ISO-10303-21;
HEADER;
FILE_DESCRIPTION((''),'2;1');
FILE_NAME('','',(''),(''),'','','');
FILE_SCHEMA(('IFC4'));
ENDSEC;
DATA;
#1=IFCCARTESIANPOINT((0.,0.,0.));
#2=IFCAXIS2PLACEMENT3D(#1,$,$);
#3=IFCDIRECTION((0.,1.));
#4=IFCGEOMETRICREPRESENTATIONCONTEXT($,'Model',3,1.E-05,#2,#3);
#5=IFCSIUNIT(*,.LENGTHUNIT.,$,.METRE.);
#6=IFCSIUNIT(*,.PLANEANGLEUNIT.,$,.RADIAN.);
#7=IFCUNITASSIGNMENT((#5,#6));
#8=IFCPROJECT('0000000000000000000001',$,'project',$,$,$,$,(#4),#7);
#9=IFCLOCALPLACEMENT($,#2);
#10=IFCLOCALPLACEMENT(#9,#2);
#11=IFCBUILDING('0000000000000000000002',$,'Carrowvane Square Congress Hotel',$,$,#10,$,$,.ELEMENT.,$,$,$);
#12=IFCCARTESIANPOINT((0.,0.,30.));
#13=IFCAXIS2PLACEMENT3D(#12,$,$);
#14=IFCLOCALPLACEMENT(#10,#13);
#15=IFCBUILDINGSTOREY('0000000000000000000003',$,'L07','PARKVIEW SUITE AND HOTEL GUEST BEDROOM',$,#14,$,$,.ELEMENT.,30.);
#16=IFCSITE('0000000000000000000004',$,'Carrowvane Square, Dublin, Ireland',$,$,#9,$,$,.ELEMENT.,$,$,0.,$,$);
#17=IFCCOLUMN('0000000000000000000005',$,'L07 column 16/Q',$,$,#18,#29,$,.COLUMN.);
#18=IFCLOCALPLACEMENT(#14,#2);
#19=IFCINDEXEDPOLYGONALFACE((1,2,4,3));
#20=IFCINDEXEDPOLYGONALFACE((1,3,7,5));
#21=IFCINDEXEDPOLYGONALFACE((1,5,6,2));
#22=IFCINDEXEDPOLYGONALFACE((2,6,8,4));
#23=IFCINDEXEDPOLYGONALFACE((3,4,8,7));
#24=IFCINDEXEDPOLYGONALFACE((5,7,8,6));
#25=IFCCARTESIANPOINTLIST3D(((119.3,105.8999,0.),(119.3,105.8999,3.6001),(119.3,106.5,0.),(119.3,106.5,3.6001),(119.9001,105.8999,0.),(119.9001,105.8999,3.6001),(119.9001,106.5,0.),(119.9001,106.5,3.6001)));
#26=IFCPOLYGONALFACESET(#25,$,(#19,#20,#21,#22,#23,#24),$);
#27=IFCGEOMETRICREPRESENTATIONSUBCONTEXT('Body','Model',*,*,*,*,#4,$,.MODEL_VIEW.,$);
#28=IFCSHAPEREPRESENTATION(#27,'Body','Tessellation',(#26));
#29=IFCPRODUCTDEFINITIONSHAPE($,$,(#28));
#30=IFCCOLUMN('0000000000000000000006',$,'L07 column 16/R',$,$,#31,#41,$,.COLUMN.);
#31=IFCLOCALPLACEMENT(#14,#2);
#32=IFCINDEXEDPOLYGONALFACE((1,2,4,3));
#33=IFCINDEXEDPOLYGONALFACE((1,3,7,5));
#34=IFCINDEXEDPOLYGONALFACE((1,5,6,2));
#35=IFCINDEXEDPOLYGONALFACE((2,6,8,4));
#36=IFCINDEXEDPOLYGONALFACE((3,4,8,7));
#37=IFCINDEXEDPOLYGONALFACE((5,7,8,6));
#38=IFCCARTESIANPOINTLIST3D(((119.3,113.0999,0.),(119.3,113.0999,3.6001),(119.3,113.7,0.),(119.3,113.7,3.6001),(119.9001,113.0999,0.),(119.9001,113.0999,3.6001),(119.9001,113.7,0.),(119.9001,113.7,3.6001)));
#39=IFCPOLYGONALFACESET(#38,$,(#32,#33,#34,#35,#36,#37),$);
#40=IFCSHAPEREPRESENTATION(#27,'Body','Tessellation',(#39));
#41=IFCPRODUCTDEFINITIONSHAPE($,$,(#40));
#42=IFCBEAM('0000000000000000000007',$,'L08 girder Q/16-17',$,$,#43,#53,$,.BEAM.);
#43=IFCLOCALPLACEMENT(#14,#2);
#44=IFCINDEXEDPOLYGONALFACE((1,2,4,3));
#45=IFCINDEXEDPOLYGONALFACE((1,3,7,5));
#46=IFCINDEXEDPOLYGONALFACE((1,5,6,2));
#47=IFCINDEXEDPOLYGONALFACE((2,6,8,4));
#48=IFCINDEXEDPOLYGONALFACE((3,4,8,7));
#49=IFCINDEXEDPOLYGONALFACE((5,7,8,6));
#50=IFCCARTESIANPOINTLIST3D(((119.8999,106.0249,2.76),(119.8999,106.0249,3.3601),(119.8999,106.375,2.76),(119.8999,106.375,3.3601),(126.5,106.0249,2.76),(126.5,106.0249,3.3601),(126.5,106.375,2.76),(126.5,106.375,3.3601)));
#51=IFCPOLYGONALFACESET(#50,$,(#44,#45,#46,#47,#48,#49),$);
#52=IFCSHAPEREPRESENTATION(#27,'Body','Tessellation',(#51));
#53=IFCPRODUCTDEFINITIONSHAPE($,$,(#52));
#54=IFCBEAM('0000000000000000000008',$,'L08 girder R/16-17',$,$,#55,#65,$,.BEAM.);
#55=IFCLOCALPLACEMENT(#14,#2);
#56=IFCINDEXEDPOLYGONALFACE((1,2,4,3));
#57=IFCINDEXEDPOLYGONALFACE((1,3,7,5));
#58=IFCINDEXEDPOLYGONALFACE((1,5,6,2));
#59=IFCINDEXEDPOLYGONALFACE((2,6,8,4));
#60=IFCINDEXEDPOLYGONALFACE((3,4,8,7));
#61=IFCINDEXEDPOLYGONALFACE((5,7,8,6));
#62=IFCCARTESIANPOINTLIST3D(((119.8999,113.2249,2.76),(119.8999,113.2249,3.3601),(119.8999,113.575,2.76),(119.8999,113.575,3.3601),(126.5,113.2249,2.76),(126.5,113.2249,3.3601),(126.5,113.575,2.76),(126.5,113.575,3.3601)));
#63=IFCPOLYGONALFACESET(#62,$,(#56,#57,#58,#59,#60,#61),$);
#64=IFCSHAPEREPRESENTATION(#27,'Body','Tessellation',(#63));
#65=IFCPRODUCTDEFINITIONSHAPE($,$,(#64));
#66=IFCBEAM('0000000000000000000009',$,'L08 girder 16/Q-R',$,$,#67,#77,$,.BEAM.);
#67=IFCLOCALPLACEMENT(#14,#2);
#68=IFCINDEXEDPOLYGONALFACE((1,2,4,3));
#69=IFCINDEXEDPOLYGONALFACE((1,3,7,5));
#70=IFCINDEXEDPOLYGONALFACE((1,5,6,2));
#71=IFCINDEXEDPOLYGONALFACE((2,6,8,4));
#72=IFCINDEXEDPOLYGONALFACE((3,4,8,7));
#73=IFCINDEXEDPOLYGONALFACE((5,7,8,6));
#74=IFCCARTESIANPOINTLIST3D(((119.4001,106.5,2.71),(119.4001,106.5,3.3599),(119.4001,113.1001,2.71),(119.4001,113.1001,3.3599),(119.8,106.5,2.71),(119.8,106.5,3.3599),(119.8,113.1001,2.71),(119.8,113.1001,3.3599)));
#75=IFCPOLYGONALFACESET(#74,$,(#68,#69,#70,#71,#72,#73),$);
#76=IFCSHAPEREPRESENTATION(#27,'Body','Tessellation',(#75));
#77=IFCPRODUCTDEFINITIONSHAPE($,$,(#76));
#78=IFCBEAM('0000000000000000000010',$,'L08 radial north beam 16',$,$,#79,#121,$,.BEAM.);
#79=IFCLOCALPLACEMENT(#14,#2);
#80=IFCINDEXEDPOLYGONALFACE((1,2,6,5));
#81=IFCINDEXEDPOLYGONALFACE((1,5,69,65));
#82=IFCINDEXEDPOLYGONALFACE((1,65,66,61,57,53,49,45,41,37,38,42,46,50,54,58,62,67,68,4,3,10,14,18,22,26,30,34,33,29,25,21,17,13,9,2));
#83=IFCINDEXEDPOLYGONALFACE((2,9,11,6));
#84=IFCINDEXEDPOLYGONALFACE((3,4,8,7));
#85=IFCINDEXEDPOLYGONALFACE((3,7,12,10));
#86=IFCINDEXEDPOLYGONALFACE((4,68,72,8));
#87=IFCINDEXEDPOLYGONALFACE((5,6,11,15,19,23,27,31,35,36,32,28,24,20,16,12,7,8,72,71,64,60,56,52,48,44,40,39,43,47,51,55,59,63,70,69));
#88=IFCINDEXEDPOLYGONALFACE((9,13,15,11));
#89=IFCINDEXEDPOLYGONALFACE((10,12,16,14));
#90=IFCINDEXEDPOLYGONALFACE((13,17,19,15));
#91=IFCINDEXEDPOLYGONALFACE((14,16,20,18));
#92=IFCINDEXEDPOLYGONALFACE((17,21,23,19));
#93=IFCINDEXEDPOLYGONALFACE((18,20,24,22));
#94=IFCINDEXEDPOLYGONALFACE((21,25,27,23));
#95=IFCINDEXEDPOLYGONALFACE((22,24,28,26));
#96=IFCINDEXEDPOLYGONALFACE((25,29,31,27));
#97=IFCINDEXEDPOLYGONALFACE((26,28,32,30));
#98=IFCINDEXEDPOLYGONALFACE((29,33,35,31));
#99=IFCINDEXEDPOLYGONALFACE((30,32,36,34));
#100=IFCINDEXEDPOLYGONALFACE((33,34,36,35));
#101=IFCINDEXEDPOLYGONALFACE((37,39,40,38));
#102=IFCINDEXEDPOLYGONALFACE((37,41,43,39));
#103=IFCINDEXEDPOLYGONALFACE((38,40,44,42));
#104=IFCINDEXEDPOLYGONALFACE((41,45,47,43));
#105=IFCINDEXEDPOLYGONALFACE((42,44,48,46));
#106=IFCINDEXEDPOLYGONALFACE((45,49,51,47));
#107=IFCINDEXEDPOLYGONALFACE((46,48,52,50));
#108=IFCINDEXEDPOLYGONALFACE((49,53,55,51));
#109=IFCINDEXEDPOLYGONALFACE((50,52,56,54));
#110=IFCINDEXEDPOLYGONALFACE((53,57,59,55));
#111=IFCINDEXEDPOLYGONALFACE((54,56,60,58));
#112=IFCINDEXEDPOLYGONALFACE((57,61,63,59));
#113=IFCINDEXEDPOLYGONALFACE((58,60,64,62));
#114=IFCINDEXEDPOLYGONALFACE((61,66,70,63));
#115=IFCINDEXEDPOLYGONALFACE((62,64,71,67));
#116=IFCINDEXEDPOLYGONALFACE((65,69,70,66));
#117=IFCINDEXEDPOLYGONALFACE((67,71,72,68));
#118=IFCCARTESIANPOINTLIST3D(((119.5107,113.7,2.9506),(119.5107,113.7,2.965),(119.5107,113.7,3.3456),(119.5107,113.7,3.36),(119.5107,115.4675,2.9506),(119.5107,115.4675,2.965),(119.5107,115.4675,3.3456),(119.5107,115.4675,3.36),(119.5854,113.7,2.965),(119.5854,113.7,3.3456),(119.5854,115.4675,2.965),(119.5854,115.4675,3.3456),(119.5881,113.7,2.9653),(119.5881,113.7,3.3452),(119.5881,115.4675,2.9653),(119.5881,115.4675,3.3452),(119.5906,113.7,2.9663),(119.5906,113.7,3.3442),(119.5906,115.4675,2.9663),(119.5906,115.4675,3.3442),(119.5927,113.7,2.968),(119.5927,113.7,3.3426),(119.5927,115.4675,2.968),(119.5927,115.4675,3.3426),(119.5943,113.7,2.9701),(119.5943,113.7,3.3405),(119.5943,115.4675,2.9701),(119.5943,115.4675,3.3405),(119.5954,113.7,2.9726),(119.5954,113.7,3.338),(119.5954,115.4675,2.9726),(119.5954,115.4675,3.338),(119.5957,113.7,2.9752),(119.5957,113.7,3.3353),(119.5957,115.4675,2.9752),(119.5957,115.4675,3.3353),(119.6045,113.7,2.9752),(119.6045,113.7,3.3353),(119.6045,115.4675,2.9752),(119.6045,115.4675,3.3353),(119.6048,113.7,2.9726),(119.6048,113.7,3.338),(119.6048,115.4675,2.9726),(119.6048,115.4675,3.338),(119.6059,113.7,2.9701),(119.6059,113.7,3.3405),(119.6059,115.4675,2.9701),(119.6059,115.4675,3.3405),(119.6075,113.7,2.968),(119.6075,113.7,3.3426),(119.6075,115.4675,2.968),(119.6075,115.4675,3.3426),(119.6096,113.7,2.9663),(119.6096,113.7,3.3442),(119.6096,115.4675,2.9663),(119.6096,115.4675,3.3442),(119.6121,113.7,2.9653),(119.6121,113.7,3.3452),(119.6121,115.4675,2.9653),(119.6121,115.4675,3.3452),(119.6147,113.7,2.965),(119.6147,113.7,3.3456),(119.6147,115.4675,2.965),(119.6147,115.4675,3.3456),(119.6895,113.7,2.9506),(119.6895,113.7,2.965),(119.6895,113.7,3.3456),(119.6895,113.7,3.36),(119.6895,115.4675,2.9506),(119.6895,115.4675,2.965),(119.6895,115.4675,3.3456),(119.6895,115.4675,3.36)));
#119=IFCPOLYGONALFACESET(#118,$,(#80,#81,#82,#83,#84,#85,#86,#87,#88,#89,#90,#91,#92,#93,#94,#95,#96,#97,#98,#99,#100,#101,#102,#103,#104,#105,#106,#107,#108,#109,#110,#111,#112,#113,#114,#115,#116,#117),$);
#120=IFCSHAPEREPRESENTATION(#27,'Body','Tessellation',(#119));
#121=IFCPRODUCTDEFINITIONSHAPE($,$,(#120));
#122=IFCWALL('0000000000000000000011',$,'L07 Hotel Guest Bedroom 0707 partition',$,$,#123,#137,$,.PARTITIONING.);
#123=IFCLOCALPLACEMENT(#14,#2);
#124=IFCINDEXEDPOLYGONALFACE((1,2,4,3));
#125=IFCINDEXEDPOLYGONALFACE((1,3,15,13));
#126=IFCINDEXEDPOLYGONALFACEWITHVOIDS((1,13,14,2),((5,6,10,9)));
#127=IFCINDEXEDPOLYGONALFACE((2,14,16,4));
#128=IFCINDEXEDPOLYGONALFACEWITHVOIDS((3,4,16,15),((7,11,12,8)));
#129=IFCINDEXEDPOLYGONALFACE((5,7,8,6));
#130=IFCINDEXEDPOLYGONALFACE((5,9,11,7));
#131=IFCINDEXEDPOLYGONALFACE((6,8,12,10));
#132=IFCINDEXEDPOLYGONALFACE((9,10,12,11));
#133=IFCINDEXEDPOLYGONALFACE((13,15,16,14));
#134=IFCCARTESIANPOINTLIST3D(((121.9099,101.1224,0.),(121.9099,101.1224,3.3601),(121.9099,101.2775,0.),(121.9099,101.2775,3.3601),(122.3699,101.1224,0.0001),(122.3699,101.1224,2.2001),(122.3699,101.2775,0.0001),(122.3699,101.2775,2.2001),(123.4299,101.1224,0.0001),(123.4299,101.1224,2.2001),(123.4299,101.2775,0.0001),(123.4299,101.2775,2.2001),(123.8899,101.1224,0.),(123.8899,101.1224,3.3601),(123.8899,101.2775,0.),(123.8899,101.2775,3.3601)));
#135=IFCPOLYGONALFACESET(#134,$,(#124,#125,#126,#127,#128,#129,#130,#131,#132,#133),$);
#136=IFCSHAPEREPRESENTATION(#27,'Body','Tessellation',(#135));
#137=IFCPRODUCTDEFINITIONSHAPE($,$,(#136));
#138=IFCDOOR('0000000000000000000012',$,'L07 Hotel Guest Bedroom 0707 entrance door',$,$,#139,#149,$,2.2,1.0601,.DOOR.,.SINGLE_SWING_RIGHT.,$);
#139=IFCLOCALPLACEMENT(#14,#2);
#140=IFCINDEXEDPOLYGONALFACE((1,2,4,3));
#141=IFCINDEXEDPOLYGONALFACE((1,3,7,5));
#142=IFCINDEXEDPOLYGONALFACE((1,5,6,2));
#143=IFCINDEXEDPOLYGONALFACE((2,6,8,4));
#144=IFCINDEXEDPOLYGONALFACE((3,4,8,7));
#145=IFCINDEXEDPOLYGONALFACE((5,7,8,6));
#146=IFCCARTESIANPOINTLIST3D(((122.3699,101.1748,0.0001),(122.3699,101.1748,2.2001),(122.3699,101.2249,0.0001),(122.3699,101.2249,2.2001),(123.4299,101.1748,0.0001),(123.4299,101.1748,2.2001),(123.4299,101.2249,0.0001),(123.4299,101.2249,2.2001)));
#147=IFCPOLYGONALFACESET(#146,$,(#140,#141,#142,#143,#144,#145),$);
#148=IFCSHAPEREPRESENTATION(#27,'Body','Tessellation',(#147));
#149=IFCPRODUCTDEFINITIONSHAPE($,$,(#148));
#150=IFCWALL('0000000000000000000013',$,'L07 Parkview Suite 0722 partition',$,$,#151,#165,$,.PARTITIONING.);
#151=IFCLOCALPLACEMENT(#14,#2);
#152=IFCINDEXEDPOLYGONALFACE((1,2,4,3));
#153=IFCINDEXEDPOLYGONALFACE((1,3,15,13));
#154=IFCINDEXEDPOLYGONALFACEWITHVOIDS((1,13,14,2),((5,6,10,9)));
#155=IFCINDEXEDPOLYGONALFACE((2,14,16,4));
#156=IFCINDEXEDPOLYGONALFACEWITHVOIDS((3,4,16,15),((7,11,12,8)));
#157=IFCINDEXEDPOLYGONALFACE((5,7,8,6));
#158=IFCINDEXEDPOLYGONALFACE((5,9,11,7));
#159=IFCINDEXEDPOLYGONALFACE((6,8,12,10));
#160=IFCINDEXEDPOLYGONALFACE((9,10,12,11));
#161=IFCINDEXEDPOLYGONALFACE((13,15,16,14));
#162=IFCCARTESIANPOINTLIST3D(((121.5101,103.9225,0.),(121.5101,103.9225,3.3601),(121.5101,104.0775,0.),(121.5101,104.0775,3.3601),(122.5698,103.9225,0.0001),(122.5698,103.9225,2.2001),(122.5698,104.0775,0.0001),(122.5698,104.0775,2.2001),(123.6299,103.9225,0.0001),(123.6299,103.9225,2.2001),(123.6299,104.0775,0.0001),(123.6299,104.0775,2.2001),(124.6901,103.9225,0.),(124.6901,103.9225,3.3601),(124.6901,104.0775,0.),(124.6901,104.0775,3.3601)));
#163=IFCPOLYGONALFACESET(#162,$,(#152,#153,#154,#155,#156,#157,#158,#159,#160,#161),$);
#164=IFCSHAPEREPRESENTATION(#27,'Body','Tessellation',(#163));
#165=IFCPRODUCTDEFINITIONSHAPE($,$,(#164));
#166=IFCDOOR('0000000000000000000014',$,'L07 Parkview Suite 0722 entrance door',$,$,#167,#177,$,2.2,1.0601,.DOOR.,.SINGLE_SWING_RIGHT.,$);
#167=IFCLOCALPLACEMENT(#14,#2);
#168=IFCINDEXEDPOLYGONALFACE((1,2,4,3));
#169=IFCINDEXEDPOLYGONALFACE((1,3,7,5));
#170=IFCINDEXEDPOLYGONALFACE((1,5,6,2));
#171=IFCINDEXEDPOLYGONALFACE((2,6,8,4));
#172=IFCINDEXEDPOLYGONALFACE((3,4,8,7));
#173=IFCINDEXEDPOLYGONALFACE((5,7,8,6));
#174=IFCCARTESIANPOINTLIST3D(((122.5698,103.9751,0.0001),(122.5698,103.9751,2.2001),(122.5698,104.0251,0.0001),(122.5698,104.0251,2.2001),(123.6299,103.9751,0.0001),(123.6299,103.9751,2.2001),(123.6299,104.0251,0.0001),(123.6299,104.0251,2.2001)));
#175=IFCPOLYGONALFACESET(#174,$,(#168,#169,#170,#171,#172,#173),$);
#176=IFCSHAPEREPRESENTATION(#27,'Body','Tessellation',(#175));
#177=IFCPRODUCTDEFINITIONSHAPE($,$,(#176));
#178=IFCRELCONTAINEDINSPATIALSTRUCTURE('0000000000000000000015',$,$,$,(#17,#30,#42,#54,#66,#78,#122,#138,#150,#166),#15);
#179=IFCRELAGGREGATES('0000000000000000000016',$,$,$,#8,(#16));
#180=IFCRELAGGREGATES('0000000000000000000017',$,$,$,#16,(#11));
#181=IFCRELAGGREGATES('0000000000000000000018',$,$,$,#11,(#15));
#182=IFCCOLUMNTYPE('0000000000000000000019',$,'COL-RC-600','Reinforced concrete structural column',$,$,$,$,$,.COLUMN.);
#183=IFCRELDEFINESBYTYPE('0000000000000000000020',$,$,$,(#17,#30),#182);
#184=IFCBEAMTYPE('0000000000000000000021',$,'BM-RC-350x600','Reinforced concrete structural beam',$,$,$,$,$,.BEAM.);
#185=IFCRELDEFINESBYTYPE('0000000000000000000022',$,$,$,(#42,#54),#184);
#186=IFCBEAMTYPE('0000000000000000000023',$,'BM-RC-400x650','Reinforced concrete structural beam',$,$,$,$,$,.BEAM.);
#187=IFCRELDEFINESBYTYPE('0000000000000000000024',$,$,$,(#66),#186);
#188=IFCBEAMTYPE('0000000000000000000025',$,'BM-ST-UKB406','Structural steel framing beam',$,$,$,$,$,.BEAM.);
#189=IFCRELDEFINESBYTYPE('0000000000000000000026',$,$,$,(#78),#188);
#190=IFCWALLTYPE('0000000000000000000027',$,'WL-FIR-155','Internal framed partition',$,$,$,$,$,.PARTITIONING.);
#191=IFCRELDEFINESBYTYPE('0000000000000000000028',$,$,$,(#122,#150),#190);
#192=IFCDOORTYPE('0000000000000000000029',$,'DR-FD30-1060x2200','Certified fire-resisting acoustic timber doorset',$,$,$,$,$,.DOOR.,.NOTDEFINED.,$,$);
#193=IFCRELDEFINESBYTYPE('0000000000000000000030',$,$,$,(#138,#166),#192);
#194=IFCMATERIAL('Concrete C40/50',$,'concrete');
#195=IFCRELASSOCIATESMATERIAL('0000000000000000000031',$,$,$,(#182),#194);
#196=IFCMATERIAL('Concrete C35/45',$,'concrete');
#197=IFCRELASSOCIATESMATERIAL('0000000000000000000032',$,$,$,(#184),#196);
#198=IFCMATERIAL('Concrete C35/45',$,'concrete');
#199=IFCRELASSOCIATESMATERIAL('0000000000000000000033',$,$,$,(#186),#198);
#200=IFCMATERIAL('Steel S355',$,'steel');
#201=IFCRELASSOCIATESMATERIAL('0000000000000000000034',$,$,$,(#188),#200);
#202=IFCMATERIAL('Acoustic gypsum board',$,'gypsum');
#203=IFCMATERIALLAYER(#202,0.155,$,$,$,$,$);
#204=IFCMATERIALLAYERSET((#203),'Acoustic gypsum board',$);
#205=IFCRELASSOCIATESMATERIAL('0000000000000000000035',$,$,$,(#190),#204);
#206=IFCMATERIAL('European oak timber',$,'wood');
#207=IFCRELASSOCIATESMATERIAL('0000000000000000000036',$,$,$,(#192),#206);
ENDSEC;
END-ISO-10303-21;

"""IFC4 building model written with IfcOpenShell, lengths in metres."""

from ifc_helpers import new_model, si_unit, direction, frame, frame_2d, origin, origin_2d, place, context, subcontext, project, spatial, rectangle, i_section, extrude, material, layer, layer_set, material_profile, profile_set, type_object, element, fill, save


model = new_model("IFC4")

# Units and contexts
model_context = context("Model", 3, precision=1e-05, world=origin(), true_north=direction((0.0, 1.0)))
body_context = subcontext(model_context, "Body", "Model", "MODEL_VIEW")
ifc_project = project(units=[si_unit("LENGTHUNIT", "METRE"), si_unit("PLANEANGLEUNIT", "RADIAN")], contexts=[model_context])

# Site, building, storey
site_placement = place(None, origin())
site = spatial("IfcSite", under=ifc_project, at=site_placement, Name="Carrowvane Square, Dublin, Ireland", CompositionType="ELEMENT", RefElevation=0.0)
building_placement = place(site_placement, origin())
building = spatial("IfcBuilding", under=site, at=building_placement, Name="Carrowvane Square Congress Hotel", CompositionType="ELEMENT")
storey_placement = place(building_placement, frame((0.0, 0.0, 30.0)))
storey = spatial("IfcBuildingStorey", under=building, at=storey_placement, Name="L07", Description="PARKVIEW SUITE AND HOTEL GUEST BEDROOM", CompositionType="ELEMENT", Elevation=30.0)

# Columns
ifc_material_1 = material(Name="Concrete C40/50", Category="concrete")
ifc_material_profile_1 = material_profile(ifc_material_1, rectangle(XDim=0.6001, YDim=0.6001, at=origin_2d()), Name="RC 600x600")
ifc_profile_set_1 = profile_set([ifc_material_profile_1], Name="Concrete C40/50")
column_type = type_object("IfcColumnType", Name="COL-RC-600", Description="Reinforced concrete structural column", PredefinedType="COLUMN", material=ifc_profile_set_1)
for number, where, z_axis, x_axis, name in (
    (1, (119.6001, 106.2, 0.0), (0.0, 0.0, 1.0), (1.0, 0.0, 0.0), "L07 column 16/Q"),
    (2, (119.6001, 113.3999, 0.0), (0.0, 0.0, 1.0), (1.0, 0.0, 0.0), "L07 column 16/R"),
):
    element("IfcColumn", number, at=place(storey_placement, frame(where, z_axis=z_axis, x_axis=x_axis)), inside=storey, type_object=column_type, Name=name, PredefinedType="COLUMN", context=body_context, shape_type="SweptSolid", body=[
        extrude(rectangle(XDim=0.6001, YDim=0.6001, at=origin_2d()), origin(), (0.0, 0.0, 1.0), 3.6001),
    ])

# Beams
ifc_material_2 = material(Name="Concrete C35/45", Category="concrete")
ifc_material_profile_2 = material_profile(ifc_material_2, rectangle(XDim=0.3501, YDim=0.6001, at=origin_2d()), Name="RC 350x600")
ifc_profile_set_2 = profile_set([ifc_material_profile_2], Name="Concrete C35/45")
beam_type_1 = type_object("IfcBeamType", Name="BM-RC-350x600", Description="Reinforced concrete structural beam", PredefinedType="BEAM", material=ifc_profile_set_2)
for number, where, z_axis, x_axis, name in (
    (3, (119.8999, 106.2, 3.0601), (1.0, 0.0, 0.0), (0.0, 1.0, 0.0), "L08 girder Q/16-17"),
    (4, (119.8999, 113.3999, 3.0601), (1.0, 0.0, 0.0), (0.0, 1.0, 0.0), "L08 girder R/16-17"),
):
    element("IfcBeam", number, at=place(storey_placement, frame(where, z_axis=z_axis, x_axis=x_axis)), inside=storey, type_object=beam_type_1, Name=name, PredefinedType="BEAM", context=body_context, shape_type="SweptSolid", body=[
        extrude(rectangle(XDim=0.3501, YDim=0.6001, at=origin_2d()), origin(), (0.0, 0.0, 1.0), 6.6001),
    ])
ifc_material_3 = material(Name="Concrete C35/45", Category="concrete")
ifc_material_profile_3 = material_profile(ifc_material_3, rectangle(XDim=0.3999, YDim=0.6499, at=origin_2d()), Name="RC 400x650")
ifc_profile_set_3 = profile_set([ifc_material_profile_3], Name="Concrete C35/45")
beam_type_2 = type_object("IfcBeamType", Name="BM-RC-400x650", Description="Reinforced concrete structural beam", PredefinedType="BEAM", material=ifc_profile_set_3)
beam_1_placement = place(storey_placement, frame((119.6001, 106.5, 3.0349), z_axis=(0.0, 1.0, 0.0), x_axis=(-1.0, 0.0, 0.0)))
element("IfcBeam", 5, at=beam_1_placement, inside=storey, type_object=beam_type_2, Name="L08 girder 16/Q-R", PredefinedType="BEAM", context=body_context, shape_type="SweptSolid", body=[
    extrude(rectangle(XDim=0.3999, YDim=0.6499, at=origin_2d()), origin(), (0.0, 0.0, 1.0), 6.6001),
])
ifc_material_4 = material(Name="Steel S355", Category="steel")
ifc_material_profile_4 = material_profile(ifc_material_4, i_section(OverallWidth=0.1787, OverallDepth=0.4094, WebThickness=0.0088, FlangeThickness=0.0144, FilletRadius=0.0103, at=origin_2d()), Name="UKB 406x178x67")
ifc_profile_set_4 = profile_set([ifc_material_profile_4], Name="Steel S355")
beam_type_3 = type_object("IfcBeamType", Name="BM-ST-UKB406", Description="Structural steel framing beam", PredefinedType="BEAM", material=ifc_profile_set_4)
beam_2_placement = place(storey_placement, frame((119.6001, 113.7, 3.1553), z_axis=(0.0, 1.0, 0.0), x_axis=(-1.0, 0.0, 0.0)))
element("IfcBeam", 6, at=beam_2_placement, inside=storey, type_object=beam_type_3, Name="L08 radial north beam 16", PredefinedType="BEAM", context=body_context, shape_type="SweptSolid", body=[
    extrude(i_section(OverallWidth=0.1787, OverallDepth=0.4094, WebThickness=0.0088, FlangeThickness=0.0144, FilletRadius=0.0103, at=origin_2d()), origin(), (0.0, 0.0, 1.0), 1.7676),
])

# Walls, openings, doors
ifc_material_5 = material(Name="Acoustic gypsum board", Category="gypsum")
ifc_layer_1 = layer(ifc_material_5, 0.155)
ifc_layer_set_1 = layer_set([ifc_layer_1], Name="Acoustic gypsum board")
wall_type_1 = type_object("IfcWallType", Name="WL-FIR-155", Description="Internal framed partition", PredefinedType="PARTITIONING", material=ifc_layer_set_1)
wall_1_placement = place(storey_placement, frame((121.9099, 101.2, 0.0), z_axis=(0.0, 0.0, 1.0), x_axis=(1.0, 0.0, 0.0)))
wall_1 = element("IfcWall", 7, at=wall_1_placement, inside=storey, type_object=wall_type_1, Name="L07 Hotel Guest Bedroom 0707 partition", PredefinedType="PARTITIONING", context=body_context, shape_type="SweptSolid", body=[
    extrude(rectangle(XDim=1.98, YDim=0.155, at=frame_2d((0.99, 0.0))), origin(), (0.0, 0.0, 1.0), 3.3601),
])
opening_1_placement = place(wall_1_placement, frame((0.46, 0.0, 0.0)))
opening_1 = element("IfcOpeningElement", 8, at=opening_1_placement, cuts=wall_1, PredefinedType="OPENING", context=body_context, shape_type="SweptSolid", body=[
    extrude(rectangle(XDim=1.0601, YDim=2.2, at=frame_2d((0.53, 1.1001))), frame((0.0, 0.0874, 0.0), z_axis=(0.0, -1.0, 0.0), x_axis=(1.0, 0.0, 0.0)), (0.0, 0.0, 1.0), 0.175),
])
ifc_material_6 = material(Name="European oak timber", Category="wood")
door_type_1 = type_object("IfcDoorType", Name="DR-FD30-1060x2200", Description="Certified fire-resisting acoustic timber doorset", OperationType="NOTDEFINED", PredefinedType="DOOR", material=ifc_material_6)
door_1_placement = place(opening_1_placement, origin())
door_1 = element("IfcDoor", 9, at=door_1_placement, inside=storey, type_object=door_type_1, Name="L07 Hotel Guest Bedroom 0707 entrance door", OperationType="SINGLE_SWING_RIGHT", OverallHeight=2.2, OverallWidth=1.0601, PredefinedType="DOOR", context=body_context, shape_type="SweptSolid", body=[
    extrude(rectangle(XDim=1.0601, YDim=2.2, at=frame_2d((0.53, 1.1001))), frame((0.0, 0.0249, 0.0), z_axis=(0.0, -1.0, 0.0), x_axis=(1.0, 0.0, 0.0)), (0.0, 0.0, 1.0), 0.05),
])
fill(opening_1, door_1)
wall_2_placement = place(storey_placement, frame((124.6899, 104.0, 0.0), z_axis=(0.0, 0.0, 1.0), x_axis=(-1.0, 0.0, 0.0)))
wall_2 = element("IfcWall", 10, at=wall_2_placement, inside=storey, type_object=wall_type_1, Name="L07 Parkview Suite 0722 partition", PredefinedType="PARTITIONING", context=body_context, shape_type="SweptSolid", body=[
    extrude(rectangle(XDim=3.1799, YDim=0.155, at=frame_2d((1.5898, 0.0))), origin(), (0.0, 0.0, 1.0), 3.3601),
])
opening_2_placement = place(wall_2_placement, frame((1.0601, 0.0, 0.0)))
opening_2 = element("IfcOpeningElement", 11, at=opening_2_placement, cuts=wall_2, PredefinedType="OPENING", context=body_context, shape_type="SweptSolid", body=[
    extrude(rectangle(XDim=1.0601, YDim=2.2, at=frame_2d((0.53, 1.1001))), frame((0.0, 0.0874, 0.0), z_axis=(0.0, -1.0, 0.0), x_axis=(1.0, 0.0, 0.0)), (0.0, 0.0, 1.0), 0.175),
])
door_2_placement = place(opening_2_placement, origin())
door_2 = element("IfcDoor", 12, at=door_2_placement, inside=storey, type_object=door_type_1, Name="L07 Parkview Suite 0722 entrance door", OperationType="SINGLE_SWING_RIGHT", OverallHeight=2.2, OverallWidth=1.0601, PredefinedType="DOOR", context=body_context, shape_type="SweptSolid", body=[
    extrude(rectangle(XDim=1.0601, YDim=2.2, at=frame_2d((0.53, 1.1001))), frame((0.0, 0.0249, 0.0), z_axis=(0.0, -1.0, 0.0), x_axis=(1.0, 0.0, 0.0)), (0.0, 0.0, 1.0), 0.05),
])
fill(opening_2, door_2)

save(model, "model.ifc")
